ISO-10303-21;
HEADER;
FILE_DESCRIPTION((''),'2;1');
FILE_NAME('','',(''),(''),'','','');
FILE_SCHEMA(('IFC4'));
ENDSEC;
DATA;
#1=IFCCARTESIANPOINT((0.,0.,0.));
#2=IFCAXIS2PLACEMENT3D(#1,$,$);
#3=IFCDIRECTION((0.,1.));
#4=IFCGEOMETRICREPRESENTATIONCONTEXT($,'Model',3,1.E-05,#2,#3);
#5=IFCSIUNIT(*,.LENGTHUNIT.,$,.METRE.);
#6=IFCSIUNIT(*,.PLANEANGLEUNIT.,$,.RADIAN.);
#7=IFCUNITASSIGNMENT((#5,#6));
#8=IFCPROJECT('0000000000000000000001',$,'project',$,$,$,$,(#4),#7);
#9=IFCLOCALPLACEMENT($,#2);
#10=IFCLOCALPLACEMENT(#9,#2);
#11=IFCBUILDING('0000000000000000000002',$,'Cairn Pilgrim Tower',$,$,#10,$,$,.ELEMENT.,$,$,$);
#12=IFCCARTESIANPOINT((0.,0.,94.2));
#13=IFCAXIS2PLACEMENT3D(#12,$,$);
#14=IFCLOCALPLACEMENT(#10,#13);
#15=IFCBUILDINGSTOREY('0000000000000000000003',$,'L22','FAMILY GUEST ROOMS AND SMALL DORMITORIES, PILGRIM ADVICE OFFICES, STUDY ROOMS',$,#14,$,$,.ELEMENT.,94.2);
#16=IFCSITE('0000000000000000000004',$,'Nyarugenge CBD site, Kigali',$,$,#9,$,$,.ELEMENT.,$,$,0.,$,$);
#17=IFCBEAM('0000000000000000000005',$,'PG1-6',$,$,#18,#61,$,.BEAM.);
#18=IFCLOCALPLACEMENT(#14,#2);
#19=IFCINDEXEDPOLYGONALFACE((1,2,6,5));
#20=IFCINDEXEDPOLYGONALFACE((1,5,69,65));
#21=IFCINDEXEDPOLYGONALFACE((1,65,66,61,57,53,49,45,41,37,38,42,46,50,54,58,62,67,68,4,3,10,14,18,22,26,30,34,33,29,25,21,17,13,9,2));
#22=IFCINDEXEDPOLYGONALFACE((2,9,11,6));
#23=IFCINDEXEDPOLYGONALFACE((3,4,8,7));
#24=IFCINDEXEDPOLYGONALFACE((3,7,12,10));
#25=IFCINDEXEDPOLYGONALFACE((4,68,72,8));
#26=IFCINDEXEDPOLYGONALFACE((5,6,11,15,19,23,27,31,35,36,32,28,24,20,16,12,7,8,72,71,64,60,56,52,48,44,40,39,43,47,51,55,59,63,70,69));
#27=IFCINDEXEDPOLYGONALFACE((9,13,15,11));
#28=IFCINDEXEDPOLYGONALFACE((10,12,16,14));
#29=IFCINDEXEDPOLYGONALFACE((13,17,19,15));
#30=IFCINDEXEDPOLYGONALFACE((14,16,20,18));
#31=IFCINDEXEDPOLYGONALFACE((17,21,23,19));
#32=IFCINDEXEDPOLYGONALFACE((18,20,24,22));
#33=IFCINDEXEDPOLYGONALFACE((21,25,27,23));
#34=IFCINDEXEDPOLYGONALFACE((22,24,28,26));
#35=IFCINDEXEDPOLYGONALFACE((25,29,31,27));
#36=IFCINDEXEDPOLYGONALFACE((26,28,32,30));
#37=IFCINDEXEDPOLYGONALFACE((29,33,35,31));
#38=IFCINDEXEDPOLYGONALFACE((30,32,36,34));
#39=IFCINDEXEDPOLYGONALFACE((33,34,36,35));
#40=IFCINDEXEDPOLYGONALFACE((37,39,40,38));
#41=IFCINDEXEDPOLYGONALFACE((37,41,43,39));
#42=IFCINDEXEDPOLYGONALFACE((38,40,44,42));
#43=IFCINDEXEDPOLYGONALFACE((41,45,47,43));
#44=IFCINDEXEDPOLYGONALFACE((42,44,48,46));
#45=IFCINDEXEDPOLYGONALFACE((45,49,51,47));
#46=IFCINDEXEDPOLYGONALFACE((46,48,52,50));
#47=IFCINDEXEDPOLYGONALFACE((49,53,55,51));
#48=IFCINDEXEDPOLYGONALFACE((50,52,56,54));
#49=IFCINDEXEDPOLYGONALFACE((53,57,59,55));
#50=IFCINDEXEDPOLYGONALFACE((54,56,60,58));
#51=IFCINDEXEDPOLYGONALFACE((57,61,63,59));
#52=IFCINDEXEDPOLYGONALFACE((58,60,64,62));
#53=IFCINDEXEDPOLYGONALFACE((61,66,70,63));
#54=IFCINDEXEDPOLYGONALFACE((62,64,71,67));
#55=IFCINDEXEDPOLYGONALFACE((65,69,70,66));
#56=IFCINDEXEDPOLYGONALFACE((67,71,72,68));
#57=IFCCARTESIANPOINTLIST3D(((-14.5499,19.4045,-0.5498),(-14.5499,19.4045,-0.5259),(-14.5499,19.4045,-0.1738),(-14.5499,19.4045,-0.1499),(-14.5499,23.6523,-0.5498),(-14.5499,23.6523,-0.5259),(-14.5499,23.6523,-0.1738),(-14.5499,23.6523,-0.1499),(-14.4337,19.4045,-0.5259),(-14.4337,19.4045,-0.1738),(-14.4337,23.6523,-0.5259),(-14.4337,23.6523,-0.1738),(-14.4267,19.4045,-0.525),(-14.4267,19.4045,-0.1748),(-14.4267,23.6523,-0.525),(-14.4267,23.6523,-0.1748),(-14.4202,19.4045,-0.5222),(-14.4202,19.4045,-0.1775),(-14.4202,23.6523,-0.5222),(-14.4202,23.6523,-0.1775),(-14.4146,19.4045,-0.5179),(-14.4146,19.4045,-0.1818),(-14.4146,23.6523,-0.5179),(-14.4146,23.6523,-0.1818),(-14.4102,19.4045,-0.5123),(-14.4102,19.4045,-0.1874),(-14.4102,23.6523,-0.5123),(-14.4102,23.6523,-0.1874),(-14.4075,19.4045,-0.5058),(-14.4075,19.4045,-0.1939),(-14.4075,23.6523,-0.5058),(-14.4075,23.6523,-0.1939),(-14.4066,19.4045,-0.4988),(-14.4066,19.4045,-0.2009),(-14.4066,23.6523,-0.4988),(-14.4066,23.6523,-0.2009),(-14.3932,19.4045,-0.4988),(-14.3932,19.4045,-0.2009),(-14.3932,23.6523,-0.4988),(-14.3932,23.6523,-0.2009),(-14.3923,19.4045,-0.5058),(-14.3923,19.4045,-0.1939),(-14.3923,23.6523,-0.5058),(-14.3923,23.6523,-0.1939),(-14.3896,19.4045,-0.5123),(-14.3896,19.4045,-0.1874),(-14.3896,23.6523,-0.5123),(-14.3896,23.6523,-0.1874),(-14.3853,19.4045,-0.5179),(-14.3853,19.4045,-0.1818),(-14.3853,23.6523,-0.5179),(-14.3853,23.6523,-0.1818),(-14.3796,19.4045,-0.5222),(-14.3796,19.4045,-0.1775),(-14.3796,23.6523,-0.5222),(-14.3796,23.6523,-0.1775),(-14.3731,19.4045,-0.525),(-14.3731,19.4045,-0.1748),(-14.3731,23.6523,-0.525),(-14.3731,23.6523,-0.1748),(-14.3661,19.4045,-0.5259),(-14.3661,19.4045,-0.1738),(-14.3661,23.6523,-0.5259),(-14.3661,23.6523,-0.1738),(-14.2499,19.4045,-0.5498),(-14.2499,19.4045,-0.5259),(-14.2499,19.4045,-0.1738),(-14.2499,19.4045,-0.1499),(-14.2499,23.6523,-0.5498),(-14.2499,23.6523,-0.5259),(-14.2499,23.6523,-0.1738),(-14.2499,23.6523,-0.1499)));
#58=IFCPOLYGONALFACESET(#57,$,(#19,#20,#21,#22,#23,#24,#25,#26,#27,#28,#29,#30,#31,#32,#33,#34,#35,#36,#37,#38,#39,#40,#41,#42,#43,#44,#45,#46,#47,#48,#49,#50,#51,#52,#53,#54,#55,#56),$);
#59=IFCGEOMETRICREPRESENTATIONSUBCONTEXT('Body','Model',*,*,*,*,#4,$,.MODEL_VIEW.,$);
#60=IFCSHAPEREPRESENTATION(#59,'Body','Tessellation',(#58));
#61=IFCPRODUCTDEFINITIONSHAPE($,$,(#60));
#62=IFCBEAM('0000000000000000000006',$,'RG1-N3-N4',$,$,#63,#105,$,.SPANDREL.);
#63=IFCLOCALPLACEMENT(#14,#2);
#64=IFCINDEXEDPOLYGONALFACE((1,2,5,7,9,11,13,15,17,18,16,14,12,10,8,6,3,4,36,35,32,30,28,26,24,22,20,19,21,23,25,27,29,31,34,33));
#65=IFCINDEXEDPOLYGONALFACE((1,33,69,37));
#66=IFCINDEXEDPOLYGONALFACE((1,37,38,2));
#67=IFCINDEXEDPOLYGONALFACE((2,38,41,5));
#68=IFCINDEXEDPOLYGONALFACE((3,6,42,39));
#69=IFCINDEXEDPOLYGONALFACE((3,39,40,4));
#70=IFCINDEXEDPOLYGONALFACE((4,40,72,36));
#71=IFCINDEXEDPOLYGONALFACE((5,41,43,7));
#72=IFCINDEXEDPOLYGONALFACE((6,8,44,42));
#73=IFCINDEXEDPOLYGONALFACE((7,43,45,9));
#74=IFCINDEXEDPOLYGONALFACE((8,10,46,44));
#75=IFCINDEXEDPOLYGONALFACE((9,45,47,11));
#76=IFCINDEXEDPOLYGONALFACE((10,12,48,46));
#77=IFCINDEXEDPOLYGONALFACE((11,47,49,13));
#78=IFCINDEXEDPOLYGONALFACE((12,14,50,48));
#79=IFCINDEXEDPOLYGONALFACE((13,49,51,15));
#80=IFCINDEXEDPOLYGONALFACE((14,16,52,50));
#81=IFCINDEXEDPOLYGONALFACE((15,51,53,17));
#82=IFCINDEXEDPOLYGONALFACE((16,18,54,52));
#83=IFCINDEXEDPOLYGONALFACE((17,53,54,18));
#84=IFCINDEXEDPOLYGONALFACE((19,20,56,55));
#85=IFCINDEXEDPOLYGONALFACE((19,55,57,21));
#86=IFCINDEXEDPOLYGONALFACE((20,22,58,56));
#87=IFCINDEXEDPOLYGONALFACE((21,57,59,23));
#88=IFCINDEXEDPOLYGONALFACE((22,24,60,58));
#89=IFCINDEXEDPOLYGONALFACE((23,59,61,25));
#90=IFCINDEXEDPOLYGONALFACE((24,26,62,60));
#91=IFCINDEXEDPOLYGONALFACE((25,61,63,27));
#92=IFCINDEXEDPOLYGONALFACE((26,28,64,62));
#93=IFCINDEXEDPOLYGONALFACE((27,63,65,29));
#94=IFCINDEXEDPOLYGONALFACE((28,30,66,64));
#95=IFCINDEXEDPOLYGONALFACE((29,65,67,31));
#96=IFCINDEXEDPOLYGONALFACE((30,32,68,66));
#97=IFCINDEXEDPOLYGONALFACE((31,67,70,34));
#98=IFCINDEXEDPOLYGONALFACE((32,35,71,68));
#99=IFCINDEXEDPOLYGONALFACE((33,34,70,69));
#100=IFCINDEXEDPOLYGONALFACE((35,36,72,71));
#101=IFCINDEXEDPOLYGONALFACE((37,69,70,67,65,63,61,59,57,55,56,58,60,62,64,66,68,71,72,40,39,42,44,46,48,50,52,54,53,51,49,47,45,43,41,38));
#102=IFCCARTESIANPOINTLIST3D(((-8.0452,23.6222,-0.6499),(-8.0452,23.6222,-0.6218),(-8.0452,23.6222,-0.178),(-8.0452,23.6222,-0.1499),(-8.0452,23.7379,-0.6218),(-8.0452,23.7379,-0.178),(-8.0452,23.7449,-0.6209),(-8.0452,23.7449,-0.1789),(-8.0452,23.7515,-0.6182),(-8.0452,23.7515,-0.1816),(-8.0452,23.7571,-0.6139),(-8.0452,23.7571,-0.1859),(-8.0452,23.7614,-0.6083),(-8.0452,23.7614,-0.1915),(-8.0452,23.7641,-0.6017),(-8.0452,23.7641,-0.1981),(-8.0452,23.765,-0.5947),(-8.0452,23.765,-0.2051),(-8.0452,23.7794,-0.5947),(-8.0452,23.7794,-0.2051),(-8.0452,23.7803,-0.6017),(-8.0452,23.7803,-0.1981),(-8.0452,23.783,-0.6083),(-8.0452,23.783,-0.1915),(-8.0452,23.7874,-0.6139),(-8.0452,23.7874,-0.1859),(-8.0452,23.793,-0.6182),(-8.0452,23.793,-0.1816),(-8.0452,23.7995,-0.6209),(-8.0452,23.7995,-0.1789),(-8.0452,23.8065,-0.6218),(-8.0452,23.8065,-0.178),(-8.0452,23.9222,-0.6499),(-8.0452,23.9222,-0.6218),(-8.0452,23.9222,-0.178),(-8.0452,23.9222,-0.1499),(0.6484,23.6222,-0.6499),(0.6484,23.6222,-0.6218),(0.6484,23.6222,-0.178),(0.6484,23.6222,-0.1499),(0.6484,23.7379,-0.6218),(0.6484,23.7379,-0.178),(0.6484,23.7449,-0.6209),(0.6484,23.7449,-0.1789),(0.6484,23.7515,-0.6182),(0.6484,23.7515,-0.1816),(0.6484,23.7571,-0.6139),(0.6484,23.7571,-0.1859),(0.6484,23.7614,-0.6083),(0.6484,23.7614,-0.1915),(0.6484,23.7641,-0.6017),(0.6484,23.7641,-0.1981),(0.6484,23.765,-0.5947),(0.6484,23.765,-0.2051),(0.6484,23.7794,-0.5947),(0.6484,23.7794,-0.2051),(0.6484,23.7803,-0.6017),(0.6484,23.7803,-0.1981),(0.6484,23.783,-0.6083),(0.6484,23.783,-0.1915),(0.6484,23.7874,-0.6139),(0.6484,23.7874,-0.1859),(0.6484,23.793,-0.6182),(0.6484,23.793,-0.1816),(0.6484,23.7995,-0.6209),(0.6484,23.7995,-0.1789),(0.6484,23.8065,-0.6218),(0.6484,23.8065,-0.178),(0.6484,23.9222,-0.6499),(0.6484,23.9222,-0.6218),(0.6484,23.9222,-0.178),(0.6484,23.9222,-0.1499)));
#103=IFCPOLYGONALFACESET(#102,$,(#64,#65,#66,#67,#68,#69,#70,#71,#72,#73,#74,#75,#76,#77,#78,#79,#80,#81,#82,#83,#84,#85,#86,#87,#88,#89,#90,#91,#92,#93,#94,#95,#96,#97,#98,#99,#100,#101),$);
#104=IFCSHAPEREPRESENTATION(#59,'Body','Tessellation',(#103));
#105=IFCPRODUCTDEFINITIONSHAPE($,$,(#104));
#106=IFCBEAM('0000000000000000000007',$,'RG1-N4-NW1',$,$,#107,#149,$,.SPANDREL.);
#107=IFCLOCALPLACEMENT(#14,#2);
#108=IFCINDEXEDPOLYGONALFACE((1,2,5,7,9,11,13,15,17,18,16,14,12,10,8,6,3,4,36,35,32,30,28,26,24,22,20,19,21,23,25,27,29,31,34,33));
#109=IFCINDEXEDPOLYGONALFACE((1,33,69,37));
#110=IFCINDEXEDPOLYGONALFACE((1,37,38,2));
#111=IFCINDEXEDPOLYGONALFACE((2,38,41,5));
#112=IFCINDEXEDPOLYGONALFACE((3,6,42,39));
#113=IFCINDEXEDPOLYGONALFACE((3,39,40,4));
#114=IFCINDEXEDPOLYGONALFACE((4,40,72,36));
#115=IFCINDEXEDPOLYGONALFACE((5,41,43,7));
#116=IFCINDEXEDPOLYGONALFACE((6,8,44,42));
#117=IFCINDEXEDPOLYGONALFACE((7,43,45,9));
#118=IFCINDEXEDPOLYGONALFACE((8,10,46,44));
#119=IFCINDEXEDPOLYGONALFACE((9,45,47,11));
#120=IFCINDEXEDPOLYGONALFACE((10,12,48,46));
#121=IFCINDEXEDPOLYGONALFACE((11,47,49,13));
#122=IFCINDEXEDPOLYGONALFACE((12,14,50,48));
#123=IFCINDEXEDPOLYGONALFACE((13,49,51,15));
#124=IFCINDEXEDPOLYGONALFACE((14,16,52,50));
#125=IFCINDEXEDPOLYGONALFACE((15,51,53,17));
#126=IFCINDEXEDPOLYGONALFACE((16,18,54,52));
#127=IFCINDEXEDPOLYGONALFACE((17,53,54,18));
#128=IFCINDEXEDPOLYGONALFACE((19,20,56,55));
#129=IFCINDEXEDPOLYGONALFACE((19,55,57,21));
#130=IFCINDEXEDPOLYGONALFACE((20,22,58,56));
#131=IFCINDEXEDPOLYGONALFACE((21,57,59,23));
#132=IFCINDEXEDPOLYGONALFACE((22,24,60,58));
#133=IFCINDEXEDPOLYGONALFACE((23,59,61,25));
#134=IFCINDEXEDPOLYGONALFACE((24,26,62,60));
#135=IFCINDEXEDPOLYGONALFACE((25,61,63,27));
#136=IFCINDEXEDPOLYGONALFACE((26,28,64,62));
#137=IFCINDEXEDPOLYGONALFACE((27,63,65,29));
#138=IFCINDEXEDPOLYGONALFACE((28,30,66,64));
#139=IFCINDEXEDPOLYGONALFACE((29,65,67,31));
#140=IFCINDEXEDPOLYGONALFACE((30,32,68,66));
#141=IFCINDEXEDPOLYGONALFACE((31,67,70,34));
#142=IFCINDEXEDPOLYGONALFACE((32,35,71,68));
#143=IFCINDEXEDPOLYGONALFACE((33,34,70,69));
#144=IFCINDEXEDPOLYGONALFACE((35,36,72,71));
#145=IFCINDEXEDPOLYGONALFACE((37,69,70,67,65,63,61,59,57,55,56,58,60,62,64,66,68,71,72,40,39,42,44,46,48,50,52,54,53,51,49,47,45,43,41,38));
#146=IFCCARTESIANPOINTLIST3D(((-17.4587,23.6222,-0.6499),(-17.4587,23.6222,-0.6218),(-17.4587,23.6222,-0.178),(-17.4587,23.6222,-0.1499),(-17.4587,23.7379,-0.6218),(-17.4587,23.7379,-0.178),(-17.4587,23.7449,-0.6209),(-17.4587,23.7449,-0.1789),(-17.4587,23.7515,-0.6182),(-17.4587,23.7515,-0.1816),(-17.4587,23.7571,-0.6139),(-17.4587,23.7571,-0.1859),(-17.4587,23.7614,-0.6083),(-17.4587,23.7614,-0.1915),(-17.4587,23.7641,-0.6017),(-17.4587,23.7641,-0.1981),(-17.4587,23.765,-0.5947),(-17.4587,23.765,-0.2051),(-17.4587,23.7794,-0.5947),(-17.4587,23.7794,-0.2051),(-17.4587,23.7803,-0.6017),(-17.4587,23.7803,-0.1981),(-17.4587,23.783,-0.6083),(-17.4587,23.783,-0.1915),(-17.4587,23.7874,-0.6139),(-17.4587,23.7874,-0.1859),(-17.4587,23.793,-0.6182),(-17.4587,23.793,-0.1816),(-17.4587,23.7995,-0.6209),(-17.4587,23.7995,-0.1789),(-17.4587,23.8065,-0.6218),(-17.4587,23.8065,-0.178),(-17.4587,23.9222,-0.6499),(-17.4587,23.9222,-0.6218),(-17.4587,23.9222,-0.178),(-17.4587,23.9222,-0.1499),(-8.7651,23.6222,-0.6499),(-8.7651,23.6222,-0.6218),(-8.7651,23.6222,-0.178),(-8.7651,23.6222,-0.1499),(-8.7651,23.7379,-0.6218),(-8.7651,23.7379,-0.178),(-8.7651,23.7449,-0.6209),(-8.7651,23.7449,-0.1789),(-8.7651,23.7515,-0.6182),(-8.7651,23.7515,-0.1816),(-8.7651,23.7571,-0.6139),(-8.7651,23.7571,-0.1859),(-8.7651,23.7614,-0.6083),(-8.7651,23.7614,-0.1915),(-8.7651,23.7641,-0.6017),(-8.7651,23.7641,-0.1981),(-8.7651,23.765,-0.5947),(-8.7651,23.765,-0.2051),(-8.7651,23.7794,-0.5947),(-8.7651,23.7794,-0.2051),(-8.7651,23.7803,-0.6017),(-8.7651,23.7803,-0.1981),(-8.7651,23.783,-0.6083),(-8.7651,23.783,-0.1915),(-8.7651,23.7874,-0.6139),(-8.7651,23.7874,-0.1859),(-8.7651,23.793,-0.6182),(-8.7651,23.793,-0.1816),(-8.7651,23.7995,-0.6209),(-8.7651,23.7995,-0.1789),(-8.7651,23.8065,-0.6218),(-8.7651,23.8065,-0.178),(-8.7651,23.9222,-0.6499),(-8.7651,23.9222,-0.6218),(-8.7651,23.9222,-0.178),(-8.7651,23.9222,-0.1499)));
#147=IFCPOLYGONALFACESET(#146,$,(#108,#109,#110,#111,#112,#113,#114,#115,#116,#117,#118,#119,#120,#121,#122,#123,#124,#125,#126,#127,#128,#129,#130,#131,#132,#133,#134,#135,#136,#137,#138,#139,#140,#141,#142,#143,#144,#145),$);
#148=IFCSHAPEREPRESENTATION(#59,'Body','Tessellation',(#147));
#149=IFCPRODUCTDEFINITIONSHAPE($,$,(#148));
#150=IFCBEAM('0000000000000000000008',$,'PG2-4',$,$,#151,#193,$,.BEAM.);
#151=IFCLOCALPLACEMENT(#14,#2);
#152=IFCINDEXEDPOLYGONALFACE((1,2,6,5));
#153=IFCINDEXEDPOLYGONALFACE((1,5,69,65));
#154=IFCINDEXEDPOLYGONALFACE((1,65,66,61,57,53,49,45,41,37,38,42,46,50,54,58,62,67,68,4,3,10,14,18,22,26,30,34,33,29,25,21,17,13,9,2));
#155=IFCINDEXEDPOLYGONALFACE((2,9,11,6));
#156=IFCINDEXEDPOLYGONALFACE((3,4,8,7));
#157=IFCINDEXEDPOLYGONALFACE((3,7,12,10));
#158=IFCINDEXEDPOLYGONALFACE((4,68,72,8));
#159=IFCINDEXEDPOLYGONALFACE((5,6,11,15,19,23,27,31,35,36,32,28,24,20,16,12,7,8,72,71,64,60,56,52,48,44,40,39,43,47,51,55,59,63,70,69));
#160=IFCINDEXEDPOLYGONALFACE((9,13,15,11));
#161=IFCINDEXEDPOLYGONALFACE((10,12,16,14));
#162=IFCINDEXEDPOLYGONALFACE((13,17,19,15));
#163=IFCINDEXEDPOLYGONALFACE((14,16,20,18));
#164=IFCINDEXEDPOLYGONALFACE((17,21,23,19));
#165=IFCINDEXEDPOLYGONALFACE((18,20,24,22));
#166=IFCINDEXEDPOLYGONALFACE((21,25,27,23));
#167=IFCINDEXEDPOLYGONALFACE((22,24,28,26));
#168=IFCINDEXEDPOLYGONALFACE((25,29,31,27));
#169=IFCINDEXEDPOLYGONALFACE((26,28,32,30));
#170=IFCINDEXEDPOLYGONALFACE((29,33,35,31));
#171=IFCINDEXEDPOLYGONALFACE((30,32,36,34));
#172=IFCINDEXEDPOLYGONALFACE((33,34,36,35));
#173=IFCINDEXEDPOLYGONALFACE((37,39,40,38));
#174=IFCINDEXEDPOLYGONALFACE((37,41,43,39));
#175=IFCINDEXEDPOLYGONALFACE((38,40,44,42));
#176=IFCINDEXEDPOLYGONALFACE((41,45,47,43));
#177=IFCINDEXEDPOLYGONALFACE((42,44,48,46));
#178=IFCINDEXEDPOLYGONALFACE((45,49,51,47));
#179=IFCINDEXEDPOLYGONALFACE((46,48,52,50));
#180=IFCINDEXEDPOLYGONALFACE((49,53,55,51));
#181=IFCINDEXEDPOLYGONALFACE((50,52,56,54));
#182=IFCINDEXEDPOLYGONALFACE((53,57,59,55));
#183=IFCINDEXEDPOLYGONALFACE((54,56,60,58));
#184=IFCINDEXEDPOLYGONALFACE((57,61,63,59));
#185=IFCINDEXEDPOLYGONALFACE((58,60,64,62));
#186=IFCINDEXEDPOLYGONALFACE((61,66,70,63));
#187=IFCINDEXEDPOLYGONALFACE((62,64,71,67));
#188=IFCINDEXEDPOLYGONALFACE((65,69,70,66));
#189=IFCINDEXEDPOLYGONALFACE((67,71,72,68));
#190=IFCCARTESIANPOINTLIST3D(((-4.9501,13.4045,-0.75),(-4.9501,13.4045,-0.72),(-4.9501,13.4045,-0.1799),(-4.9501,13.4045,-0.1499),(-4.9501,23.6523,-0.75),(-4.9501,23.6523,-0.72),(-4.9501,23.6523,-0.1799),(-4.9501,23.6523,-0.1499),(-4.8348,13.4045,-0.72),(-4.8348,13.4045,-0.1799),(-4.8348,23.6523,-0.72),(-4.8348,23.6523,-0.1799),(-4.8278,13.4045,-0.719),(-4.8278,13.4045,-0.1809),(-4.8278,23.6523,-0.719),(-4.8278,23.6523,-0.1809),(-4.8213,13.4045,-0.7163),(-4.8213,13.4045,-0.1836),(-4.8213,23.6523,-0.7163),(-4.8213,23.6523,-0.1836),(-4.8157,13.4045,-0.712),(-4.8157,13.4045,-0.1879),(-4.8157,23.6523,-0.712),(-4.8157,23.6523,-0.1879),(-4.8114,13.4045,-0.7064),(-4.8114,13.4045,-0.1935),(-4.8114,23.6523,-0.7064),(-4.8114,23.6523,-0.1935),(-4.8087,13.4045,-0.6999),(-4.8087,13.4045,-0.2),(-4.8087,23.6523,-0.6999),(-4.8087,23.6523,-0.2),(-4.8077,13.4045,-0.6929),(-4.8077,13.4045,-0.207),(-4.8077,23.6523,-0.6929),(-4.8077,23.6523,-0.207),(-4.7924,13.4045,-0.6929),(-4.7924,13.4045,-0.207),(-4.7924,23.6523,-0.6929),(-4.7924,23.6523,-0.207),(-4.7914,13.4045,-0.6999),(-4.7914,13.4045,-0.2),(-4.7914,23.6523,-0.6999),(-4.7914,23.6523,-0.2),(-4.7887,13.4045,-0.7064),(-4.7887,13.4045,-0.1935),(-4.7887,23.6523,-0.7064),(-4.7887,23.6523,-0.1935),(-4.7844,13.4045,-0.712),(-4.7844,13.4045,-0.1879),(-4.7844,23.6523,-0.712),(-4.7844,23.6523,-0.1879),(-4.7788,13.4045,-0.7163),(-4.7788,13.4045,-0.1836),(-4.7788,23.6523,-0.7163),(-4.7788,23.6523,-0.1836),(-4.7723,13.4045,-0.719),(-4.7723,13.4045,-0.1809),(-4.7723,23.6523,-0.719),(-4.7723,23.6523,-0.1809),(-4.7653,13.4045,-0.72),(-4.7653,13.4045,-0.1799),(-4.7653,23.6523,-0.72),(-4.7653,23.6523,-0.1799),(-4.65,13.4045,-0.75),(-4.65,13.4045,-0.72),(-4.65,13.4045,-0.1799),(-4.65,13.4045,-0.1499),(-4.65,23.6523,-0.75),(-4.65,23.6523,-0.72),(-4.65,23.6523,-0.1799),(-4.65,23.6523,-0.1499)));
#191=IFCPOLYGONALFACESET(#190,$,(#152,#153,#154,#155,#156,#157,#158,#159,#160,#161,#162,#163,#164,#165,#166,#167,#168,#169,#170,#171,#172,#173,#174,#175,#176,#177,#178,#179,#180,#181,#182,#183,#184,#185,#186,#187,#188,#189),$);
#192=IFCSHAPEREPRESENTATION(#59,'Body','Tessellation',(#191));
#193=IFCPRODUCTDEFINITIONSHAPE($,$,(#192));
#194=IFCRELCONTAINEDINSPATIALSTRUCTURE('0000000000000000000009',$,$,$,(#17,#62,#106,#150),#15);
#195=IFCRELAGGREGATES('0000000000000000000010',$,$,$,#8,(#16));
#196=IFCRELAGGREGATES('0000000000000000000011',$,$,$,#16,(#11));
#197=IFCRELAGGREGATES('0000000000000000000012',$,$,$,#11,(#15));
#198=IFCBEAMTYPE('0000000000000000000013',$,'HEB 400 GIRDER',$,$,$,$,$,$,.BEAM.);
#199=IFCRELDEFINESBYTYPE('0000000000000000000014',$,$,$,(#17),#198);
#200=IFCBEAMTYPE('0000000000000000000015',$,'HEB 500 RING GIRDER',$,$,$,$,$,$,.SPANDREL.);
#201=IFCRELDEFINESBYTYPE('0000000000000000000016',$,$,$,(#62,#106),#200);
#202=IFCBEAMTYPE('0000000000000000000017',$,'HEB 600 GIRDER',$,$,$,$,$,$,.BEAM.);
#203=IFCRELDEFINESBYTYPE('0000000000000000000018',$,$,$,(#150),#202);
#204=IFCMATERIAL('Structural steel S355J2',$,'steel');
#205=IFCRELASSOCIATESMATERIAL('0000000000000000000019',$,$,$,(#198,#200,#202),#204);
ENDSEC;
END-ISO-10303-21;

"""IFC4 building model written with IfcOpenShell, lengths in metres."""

from ifc_helpers import new_model, si_unit, direction, frame, origin, origin_2d, place, context, subcontext, project, spatial, i_section, extrude, material, material_profile, profile_set, type_object, element, save


model = new_model("IFC4")

# Units and contexts
model_context = context("Model", 3, precision=1e-05, world=origin(), true_north=direction((0.0, 1.0)))
body_context = subcontext(model_context, "Body", "Model", "MODEL_VIEW")
ifc_project = project(units=[si_unit("LENGTHUNIT", "METRE"), si_unit("PLANEANGLEUNIT", "RADIAN")], contexts=[model_context])

# Site, building, storey
site_placement = place(None, origin())
site = spatial("IfcSite", under=ifc_project, at=site_placement, Name="Nyarugenge CBD site, Kigali", CompositionType="ELEMENT", RefElevation=0.0)
building_placement = place(site_placement, origin())
building = spatial("IfcBuilding", under=site, at=building_placement, Name="Cairn Pilgrim Tower", CompositionType="ELEMENT")
storey_placement = place(building_placement, frame((0.0, 0.0, 94.2)))
storey = spatial("IfcBuildingStorey", under=building, at=storey_placement, Name="L22", Description="FAMILY GUEST ROOMS AND SMALL DORMITORIES, PILGRIM ADVICE OFFICES, STUDY ROOMS", CompositionType="ELEMENT", Elevation=94.2)

# Beams
ifc_material_1 = material(Name="Structural steel S355J2", Category="steel")
ifc_material_profile_1 = material_profile(ifc_material_1, i_section(OverallWidth=0.3, OverallDepth=0.3999, WebThickness=0.0134, FlangeThickness=0.0239, FilletRadius=0.0271, at=origin_2d()), Name="HEB 400")
ifc_profile_set_1 = profile_set([ifc_material_profile_1], Name="Structural steel S355J2")
beam_type_1 = type_object("IfcBeamType", Name="HEB 400 GIRDER", PredefinedType="BEAM", material=ifc_profile_set_1)
beam_1_placement = place(storey_placement, frame((-14.3999, 19.4045, -0.3499), z_axis=(0.0, 1.0, 0.0), x_axis=(-1.0, 0.0, 0.0)))
element("IfcBeam", 1, at=beam_1_placement, inside=storey, type_object=beam_type_1, Name="PG1-6", PredefinedType="BEAM", context=body_context, shape_type="SweptSolid", body=[
    extrude(i_section(OverallWidth=0.3, OverallDepth=0.3999, WebThickness=0.0134, FlangeThickness=0.0239, FilletRadius=0.0271, at=origin_2d()), origin(), (0.0, 0.0, 1.0), 4.2478),
])
ifc_material_profile_2 = material_profile(ifc_material_1, i_section(OverallWidth=0.3, OverallDepth=0.5, WebThickness=0.0144, FlangeThickness=0.0281, FilletRadius=0.0271, at=origin_2d()), Name="HEB 500")
ifc_profile_set_2 = profile_set([ifc_material_profile_2], Name="Structural steel S355J2")
beam_type_2 = type_object("IfcBeamType", Name="HEB 500 RING GIRDER", PredefinedType="SPANDREL", material=ifc_profile_set_2)
for number, where, z_axis, x_axis, name in (
    (2, (0.6484, 23.7722, -0.3999), (-1.0, 0.0, 0.0), (0.0, -1.0, 0.0), "RG1-N3-N4"),
    (3, (-8.7651, 23.7722, -0.3999), (-1.0, 0.0, 0.0), (0.0, -1.0, 0.0), "RG1-N4-NW1"),
):
    element("IfcBeam", number, at=place(storey_placement, frame(where, z_axis=z_axis, x_axis=x_axis)), inside=storey, type_object=beam_type_2, Name=name, PredefinedType="SPANDREL", context=body_context, shape_type="SweptSolid", body=[
        extrude(i_section(OverallWidth=0.3, OverallDepth=0.5, WebThickness=0.0144, FlangeThickness=0.0281, FilletRadius=0.0271, at=origin_2d()), origin(), (0.0, 0.0, 1.0), 8.6936),
    ])
ifc_material_profile_3 = material_profile(ifc_material_1, i_section(OverallWidth=0.3, OverallDepth=0.6001, WebThickness=0.0154, FlangeThickness=0.03, FilletRadius=0.0271, at=origin_2d()), Name="HEB 600")
ifc_profile_set_3 = profile_set([ifc_material_profile_3], Name="Structural steel S355J2")
beam_type_3 = type_object("IfcBeamType", Name="HEB 600 GIRDER", PredefinedType="BEAM", material=ifc_profile_set_3)
beam_2_placement = place(storey_placement, frame((-4.8, 13.4045, -0.45), z_axis=(0.0, 1.0, 0.0), x_axis=(-1.0, 0.0, 0.0)))
element("IfcBeam", 4, at=beam_2_placement, inside=storey, type_object=beam_type_3, Name="PG2-4", PredefinedType="BEAM", context=body_context, shape_type="SweptSolid", body=[
    extrude(i_section(OverallWidth=0.3, OverallDepth=0.6001, WebThickness=0.0154, FlangeThickness=0.03, FilletRadius=0.0271, at=origin_2d()), origin(), (0.0, 0.0, 1.0), 10.2478),
])

save(model, "model.ifc")
